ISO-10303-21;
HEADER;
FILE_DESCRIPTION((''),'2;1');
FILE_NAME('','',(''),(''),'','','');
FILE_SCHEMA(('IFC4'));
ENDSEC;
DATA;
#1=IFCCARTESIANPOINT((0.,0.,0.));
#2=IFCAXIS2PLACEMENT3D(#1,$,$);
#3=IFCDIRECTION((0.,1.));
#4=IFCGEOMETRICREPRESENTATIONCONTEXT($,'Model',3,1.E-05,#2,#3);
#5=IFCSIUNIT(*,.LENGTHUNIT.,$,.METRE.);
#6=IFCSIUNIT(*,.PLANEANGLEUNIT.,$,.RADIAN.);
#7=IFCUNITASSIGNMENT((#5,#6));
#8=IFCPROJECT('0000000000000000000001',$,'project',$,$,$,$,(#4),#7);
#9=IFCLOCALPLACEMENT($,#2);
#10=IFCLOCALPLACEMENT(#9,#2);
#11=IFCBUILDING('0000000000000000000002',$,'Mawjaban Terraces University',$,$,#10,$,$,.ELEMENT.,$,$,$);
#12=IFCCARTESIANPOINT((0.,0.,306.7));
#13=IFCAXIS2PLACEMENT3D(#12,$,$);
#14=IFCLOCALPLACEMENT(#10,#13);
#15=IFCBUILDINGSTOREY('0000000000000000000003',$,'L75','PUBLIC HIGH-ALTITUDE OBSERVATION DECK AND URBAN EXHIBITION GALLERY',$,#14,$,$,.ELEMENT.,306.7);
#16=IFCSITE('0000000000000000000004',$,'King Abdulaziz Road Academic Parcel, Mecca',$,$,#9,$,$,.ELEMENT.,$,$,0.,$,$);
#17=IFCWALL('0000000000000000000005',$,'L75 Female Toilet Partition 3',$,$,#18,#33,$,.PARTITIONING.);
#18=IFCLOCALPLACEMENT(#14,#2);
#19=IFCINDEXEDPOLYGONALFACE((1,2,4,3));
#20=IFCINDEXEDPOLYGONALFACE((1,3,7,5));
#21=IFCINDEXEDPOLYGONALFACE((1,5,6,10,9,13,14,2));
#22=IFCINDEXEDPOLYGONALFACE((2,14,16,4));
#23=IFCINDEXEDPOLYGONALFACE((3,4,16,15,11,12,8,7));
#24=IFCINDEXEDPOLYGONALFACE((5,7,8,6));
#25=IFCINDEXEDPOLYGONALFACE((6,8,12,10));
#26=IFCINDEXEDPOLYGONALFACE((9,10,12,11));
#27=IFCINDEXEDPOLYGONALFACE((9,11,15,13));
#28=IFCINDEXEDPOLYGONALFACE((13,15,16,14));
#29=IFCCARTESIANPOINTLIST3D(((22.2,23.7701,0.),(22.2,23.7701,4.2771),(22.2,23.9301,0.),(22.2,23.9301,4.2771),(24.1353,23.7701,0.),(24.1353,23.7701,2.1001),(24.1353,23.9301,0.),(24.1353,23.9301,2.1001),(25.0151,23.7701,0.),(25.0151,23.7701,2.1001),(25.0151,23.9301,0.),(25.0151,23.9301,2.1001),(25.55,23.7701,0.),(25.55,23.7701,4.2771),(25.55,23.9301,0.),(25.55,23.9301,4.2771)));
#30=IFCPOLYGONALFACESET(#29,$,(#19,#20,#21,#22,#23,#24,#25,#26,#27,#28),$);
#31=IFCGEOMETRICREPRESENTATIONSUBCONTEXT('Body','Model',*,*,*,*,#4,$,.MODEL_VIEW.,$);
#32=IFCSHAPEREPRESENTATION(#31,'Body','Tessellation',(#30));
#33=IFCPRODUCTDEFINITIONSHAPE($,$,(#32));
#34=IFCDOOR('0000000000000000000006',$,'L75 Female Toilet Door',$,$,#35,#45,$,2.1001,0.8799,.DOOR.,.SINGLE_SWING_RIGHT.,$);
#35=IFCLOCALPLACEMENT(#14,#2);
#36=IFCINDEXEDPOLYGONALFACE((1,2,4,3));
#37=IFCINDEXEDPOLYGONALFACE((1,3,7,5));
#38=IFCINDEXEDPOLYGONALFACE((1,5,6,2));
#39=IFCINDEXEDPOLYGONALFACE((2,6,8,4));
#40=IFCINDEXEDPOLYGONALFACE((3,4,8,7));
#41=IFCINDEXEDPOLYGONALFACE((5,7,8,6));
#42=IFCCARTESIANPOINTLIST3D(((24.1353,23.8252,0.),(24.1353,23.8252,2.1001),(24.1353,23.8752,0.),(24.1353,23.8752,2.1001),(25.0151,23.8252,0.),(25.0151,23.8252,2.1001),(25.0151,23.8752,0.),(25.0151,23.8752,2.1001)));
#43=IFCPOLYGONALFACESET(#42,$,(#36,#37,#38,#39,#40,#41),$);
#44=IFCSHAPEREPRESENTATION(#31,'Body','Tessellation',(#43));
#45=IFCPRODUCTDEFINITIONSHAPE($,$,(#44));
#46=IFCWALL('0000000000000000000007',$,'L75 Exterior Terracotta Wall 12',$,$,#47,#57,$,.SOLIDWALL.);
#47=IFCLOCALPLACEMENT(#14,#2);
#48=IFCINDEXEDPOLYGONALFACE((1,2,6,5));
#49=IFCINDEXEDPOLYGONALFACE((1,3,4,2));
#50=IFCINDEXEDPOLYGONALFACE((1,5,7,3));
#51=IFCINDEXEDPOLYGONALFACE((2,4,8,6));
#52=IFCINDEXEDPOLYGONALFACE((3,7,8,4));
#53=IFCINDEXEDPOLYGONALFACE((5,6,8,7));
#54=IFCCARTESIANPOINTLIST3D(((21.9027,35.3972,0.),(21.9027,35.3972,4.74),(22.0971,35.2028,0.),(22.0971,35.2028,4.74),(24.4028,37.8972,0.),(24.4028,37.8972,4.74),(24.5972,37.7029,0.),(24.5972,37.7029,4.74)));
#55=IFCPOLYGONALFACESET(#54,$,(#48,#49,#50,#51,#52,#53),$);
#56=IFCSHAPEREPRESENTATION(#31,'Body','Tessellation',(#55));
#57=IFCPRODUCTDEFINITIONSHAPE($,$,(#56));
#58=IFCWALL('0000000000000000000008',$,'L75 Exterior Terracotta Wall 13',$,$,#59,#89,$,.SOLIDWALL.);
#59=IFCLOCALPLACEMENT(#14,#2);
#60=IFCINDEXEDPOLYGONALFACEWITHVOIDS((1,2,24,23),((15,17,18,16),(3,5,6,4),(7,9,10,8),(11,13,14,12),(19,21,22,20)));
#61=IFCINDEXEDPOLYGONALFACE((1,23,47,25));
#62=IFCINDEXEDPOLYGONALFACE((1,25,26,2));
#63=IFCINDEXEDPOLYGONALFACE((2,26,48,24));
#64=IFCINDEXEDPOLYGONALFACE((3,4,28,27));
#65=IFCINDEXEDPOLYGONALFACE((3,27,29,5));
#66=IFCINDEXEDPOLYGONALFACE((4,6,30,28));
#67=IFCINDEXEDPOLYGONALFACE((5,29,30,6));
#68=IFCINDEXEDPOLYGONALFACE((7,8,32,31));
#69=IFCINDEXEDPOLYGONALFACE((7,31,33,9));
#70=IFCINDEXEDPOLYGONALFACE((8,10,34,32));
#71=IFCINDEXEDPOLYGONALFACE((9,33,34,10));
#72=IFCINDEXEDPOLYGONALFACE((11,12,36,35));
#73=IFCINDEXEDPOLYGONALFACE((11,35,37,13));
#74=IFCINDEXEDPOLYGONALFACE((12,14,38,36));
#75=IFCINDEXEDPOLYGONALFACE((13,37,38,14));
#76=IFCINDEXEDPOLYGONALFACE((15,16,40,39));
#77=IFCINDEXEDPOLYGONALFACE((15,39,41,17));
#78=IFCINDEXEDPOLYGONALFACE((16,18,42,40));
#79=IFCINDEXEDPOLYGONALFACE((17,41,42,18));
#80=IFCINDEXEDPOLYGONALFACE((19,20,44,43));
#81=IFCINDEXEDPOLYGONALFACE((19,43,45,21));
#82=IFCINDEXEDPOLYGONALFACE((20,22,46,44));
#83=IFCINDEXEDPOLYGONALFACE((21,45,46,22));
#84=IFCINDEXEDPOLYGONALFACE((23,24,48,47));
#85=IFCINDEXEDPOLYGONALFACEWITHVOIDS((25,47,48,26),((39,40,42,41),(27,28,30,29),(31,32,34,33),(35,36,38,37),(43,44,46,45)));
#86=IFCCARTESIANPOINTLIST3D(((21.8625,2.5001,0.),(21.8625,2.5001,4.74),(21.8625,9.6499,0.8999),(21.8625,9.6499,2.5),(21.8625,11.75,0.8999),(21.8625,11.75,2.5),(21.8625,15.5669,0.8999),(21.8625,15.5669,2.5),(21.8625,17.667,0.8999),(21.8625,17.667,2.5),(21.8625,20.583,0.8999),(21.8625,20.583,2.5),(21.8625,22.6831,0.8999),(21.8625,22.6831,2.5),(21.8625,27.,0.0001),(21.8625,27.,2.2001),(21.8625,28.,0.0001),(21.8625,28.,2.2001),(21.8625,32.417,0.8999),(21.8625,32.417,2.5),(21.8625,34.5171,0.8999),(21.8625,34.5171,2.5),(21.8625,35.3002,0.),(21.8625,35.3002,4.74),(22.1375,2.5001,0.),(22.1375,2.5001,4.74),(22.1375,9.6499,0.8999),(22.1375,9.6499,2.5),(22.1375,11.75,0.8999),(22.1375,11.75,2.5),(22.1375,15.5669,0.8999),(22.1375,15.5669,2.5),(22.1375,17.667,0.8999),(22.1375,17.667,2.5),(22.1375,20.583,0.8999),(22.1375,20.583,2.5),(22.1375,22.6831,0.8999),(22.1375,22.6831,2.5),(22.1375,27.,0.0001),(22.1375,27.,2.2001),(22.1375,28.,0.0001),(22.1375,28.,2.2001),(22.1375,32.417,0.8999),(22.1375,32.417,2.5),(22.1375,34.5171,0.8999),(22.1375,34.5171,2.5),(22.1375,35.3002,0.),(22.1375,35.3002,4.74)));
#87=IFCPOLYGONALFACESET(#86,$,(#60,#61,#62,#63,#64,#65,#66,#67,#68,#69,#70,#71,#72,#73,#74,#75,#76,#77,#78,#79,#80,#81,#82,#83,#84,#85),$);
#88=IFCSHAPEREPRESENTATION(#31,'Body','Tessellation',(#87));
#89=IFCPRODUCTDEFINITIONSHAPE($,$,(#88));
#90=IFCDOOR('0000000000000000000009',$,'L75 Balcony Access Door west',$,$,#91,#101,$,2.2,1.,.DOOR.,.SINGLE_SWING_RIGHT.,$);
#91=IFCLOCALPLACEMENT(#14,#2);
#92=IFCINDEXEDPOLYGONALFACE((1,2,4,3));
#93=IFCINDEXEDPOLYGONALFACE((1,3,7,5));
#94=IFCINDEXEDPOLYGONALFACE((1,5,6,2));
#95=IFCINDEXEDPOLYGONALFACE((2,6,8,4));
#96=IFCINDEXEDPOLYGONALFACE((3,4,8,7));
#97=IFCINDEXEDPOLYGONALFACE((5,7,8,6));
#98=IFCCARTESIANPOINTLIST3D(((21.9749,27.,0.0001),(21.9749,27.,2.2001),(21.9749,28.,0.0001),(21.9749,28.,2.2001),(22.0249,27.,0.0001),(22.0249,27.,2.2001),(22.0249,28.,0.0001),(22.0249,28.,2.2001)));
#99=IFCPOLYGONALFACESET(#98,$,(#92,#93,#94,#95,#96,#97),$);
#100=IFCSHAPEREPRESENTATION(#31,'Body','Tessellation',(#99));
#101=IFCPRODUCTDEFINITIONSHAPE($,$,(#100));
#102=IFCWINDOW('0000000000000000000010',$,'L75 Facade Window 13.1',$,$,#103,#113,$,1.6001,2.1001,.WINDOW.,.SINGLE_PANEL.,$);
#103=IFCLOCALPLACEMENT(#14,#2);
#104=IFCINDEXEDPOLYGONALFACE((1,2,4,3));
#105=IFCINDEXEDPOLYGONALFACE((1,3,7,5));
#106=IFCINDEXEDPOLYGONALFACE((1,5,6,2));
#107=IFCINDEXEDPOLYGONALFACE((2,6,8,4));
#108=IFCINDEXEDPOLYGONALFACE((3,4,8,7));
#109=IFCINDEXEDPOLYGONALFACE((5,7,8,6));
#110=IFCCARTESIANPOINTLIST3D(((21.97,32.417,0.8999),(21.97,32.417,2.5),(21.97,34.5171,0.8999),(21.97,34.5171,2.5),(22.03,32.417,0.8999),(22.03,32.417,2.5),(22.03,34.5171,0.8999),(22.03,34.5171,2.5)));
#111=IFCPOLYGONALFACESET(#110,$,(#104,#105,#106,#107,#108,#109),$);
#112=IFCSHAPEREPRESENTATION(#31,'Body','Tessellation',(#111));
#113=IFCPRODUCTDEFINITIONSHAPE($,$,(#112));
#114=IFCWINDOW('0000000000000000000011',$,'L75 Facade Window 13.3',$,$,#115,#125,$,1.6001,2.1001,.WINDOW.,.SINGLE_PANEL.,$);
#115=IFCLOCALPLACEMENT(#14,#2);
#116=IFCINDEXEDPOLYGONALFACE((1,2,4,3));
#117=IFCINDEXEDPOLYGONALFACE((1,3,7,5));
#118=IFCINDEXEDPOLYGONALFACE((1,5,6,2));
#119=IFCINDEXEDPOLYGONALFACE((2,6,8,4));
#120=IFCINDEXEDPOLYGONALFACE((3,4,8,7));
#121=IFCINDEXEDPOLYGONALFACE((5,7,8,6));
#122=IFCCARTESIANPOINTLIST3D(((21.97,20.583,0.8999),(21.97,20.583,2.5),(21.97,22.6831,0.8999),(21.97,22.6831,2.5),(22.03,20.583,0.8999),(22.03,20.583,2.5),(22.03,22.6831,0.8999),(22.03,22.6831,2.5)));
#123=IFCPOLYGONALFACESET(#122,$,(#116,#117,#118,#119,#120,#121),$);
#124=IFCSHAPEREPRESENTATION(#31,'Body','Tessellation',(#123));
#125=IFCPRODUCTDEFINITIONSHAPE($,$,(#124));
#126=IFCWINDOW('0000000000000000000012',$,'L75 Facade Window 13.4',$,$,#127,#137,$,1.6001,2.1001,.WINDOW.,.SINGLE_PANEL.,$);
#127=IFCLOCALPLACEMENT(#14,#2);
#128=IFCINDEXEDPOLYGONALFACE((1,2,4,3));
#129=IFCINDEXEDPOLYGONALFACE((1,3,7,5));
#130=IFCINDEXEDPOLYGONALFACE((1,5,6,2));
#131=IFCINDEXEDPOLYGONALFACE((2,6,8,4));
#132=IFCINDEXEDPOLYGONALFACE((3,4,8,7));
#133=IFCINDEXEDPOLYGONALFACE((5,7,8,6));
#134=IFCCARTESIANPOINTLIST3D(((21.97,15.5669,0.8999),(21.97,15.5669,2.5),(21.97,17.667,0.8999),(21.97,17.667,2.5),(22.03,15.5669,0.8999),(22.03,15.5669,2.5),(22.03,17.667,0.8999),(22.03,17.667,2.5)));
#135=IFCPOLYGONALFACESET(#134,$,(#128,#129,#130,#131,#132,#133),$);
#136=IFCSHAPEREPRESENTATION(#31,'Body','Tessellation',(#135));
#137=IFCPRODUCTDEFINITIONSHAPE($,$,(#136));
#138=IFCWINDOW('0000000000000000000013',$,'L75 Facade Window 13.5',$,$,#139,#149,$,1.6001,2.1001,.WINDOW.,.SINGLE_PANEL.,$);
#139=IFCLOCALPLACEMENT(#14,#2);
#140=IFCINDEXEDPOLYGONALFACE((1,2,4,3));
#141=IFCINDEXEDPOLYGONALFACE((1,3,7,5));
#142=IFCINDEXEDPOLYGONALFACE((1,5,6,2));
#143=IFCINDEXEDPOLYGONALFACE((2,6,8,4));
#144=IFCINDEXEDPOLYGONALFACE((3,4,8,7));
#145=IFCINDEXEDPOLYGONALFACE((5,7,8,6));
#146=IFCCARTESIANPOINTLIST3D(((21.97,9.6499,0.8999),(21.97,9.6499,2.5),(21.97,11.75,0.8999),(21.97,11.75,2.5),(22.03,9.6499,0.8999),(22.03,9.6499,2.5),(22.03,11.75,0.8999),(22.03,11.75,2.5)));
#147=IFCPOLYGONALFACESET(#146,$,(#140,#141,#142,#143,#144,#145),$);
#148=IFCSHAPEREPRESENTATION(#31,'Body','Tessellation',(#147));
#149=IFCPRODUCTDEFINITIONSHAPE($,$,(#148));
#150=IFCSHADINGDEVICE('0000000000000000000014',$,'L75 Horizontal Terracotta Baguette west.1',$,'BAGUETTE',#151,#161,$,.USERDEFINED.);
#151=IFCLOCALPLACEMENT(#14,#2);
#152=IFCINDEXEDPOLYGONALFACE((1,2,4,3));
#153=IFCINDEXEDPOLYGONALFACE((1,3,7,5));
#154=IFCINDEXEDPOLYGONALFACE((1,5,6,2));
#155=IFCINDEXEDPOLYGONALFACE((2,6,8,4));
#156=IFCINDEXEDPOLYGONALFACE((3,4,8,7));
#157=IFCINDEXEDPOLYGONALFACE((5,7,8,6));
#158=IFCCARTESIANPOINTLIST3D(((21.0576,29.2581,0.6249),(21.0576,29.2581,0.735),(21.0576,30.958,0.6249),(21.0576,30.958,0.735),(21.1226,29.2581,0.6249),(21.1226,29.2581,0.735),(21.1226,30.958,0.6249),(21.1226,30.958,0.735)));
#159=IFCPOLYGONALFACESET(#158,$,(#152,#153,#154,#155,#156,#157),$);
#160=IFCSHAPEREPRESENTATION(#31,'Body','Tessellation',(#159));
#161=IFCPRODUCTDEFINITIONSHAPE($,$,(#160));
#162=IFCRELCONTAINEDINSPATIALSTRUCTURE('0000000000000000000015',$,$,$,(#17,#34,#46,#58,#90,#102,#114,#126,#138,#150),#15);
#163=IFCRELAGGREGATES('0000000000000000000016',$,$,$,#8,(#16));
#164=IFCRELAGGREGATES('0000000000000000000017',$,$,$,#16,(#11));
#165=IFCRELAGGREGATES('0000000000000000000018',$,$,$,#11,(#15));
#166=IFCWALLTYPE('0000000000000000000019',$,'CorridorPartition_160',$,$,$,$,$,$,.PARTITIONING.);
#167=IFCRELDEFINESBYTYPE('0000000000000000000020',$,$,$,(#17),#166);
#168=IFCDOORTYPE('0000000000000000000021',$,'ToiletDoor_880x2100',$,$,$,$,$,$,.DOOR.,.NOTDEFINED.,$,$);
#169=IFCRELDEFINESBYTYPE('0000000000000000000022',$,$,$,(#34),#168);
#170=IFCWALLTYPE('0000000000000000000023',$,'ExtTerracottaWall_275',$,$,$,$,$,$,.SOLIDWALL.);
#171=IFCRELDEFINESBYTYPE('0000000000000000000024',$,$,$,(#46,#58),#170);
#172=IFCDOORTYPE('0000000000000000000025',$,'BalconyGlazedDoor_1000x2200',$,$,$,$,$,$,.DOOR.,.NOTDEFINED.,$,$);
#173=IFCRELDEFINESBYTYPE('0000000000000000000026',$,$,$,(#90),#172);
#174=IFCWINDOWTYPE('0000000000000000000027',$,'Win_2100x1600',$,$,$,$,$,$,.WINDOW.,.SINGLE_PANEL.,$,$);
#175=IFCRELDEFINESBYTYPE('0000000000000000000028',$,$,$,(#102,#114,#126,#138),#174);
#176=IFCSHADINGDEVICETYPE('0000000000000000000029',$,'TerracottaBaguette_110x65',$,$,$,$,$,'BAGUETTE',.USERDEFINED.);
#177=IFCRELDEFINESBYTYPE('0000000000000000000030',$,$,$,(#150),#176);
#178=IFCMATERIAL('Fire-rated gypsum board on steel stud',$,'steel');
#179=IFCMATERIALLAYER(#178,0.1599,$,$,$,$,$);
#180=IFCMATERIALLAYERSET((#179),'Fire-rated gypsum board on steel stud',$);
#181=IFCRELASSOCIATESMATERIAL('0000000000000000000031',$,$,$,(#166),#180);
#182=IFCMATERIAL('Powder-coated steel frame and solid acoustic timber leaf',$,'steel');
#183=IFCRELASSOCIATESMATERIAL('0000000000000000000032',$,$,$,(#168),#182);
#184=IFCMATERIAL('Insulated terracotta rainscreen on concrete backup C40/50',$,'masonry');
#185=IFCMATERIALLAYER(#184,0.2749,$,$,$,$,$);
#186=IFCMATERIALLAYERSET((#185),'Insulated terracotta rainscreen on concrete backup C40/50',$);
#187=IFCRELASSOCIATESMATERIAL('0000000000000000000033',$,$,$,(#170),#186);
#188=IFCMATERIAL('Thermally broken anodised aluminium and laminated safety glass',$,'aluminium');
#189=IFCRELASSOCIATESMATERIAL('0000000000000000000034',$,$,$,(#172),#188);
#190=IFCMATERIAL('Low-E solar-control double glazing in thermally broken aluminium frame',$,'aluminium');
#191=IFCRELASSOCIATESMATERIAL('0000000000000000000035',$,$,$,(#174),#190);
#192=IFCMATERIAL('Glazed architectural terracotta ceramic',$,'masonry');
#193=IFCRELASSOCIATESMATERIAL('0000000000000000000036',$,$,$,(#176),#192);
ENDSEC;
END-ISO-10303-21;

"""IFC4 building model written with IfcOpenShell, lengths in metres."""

from ifc_helpers import new_model, si_unit, direction, frame, frame_2d, origin, origin_2d, place, context, subcontext, project, spatial, rectangle, extrude, material, layer, layer_set, material_profile, profile_set, type_object, element, fill, save


model = new_model("IFC4")

# Units and contexts
model_context = context("Model", 3, precision=1e-05, world=origin(), true_north=direction((0.0, 1.0)))
body_context = subcontext(model_context, "Body", "Model", "MODEL_VIEW")
ifc_project = project(units=[si_unit("LENGTHUNIT", "METRE"), si_unit("PLANEANGLEUNIT", "RADIAN")], contexts=[model_context])

# Site, building, storey
site_placement = place(None, origin())
site = spatial("IfcSite", under=ifc_project, at=site_placement, Name="King Abdulaziz Road Academic Parcel, Mecca", CompositionType="ELEMENT", RefElevation=0.0)
building_placement = place(site_placement, origin())
building = spatial("IfcBuilding", under=site, at=building_placement, Name="Mawjaban Terraces University", CompositionType="ELEMENT")
storey_placement = place(building_placement, frame((0.0, 0.0, 306.7)))
storey = spatial("IfcBuildingStorey", under=building, at=storey_placement, Name="L75", Description="PUBLIC HIGH-ALTITUDE OBSERVATION DECK AND URBAN EXHIBITION GALLERY", CompositionType="ELEMENT", Elevation=306.7)

# Wall, opening, door
ifc_material_1 = material(Name="Fire-rated gypsum board on steel stud", Category="steel")
ifc_layer_1 = layer(ifc_material_1, 0.1599)
ifc_layer_set_1 = layer_set([ifc_layer_1], Name="Fire-rated gypsum board on steel stud")
wall_type_1 = type_object("IfcWallType", Name="CorridorPartition_160", PredefinedType="PARTITIONING", material=ifc_layer_set_1)
wall_1_placement = place(storey_placement, frame((25.55, 23.8501, 0.0), z_axis=(0.0, 0.0, 1.0), x_axis=(-1.0, 0.0, 0.0)))
wall_1 = element("IfcWall", 1, at=wall_1_placement, inside=storey, type_object=wall_type_1, Name="L75 Female Toilet Partition 3", PredefinedType="PARTITIONING", context=body_context, shape_type="SweptSolid", body=[
    extrude(rectangle(XDim=3.3501, YDim=0.1599, at=frame_2d((1.675, 0.0))), origin(), (0.0, 0.0, 1.0), 4.2771),
])
opening_1_placement = place(wall_1_placement, frame((0.5349, 0.0, 0.0)))
opening_1 = element("IfcOpeningElement", 2, at=opening_1_placement, cuts=wall_1, PredefinedType="OPENING", context=body_context, shape_type="SweptSolid", body=[
    extrude(rectangle(XDim=0.8799, YDim=2.1001, at=frame_2d((0.4399, 1.05))), frame((0.0, 0.0898, 0.0), z_axis=(0.0, -1.0, 0.0), x_axis=(1.0, 0.0, 0.0)), (0.0, 0.0, 1.0), 0.1799),
])
ifc_material_2 = material(Name="Powder-coated steel frame and solid acoustic timber leaf", Category="steel")
door_type_1 = type_object("IfcDoorType", Name="ToiletDoor_880x2100", OperationType="NOTDEFINED", PredefinedType="DOOR", material=ifc_material_2)
door_1_placement = place(opening_1_placement, origin())
door_1 = element("IfcDoor", 3, at=door_1_placement, inside=storey, type_object=door_type_1, Name="L75 Female Toilet Door", OperationType="SINGLE_SWING_RIGHT", OverallHeight=2.1001, OverallWidth=0.8799, PredefinedType="DOOR", context=body_context, shape_type="SweptSolid", body=[
    extrude(rectangle(XDim=0.8799, YDim=2.1001, at=frame_2d((0.4399, 1.05))), frame((0.0, 0.0249, 0.0), z_axis=(0.0, -1.0, 0.0), x_axis=(1.0, 0.0, 0.0)), (0.0, 0.0, 1.0), 0.05),
])
fill(opening_1, door_1)

# Wall
ifc_material_3 = material(Name="Insulated terracotta rainscreen on concrete backup C40/50", Category="masonry")
ifc_layer_2 = layer(ifc_material_3, 0.2749)
ifc_layer_set_2 = layer_set([ifc_layer_2], Name="Insulated terracotta rainscreen on concrete backup C40/50")
wall_type_2 = type_object("IfcWallType", Name="ExtTerracottaWall_275", PredefinedType="SOLIDWALL", material=ifc_layer_set_2)
wall_2_placement = place(storey_placement, frame((24.5, 37.8, 0.0), z_axis=(0.0, 0.0, 1.0), x_axis=(-0.707107, -0.707107, 0.0)))
element("IfcWall", 4, at=wall_2_placement, inside=storey, type_object=wall_type_2, Name="L75 Exterior Terracotta Wall 12", PredefinedType="SOLIDWALL", context=body_context, shape_type="SweptSolid", body=[
    extrude(rectangle(XDim=3.5356, YDim=0.2749, at=frame_2d((1.7678, 0.0))), origin(), (0.0, 0.0, 1.0), 4.74),
])

# Wall, openings, door, windows
wall_3_placement = place(storey_placement, frame((22.0, 35.3, 0.0), z_axis=(0.0, 0.0, 1.0), x_axis=(0.0, -1.0, 0.0)))
wall_3 = element("IfcWall", 5, at=wall_3_placement, inside=storey, type_object=wall_type_2, Name="L75 Exterior Terracotta Wall 13", PredefinedType="SOLIDWALL", context=body_context, shape_type="SweptSolid", body=[
    extrude(rectangle(XDim=32.8, YDim=0.2749, at=frame_2d((16.3999, 0.0))), origin(), (0.0, 0.0, 1.0), 4.74),
])
opening_2_placement = place(wall_3_placement, frame((7.3, 0.0, 0.0)))
opening_2 = element("IfcOpeningElement", 6, at=opening_2_placement, cuts=wall_3, PredefinedType="OPENING", context=body_context, shape_type="SweptSolid", body=[
    extrude(rectangle(XDim=1.0, YDim=2.2, at=frame_2d((0.5, 1.1001))), frame((0.0, 0.1475, 0.0), z_axis=(0.0, -1.0, 0.0), x_axis=(1.0, 0.0, 0.0)), (0.0, 0.0, 1.0), 0.2949),
])
opening_3_placement = place(wall_3_placement, frame((0.783, 0.0, 0.8999)))
opening_3 = element("IfcOpeningElement", 7, at=opening_3_placement, cuts=wall_3, PredefinedType="OPENING", context=body_context, shape_type="SweptSolid", body=[
    extrude(rectangle(XDim=2.1001, YDim=1.6001, at=frame_2d((1.05, 0.8))), frame((0.0, 0.1475, 0.0), z_axis=(0.0, -1.0, 0.0), x_axis=(1.0, 0.0, 0.0)), (0.0, 0.0, 1.0), 0.2949),
])
opening_4_placement = place(wall_3_placement, frame((12.6169, 0.0, 0.8999)))
opening_4 = element("IfcOpeningElement", 8, at=opening_4_placement, cuts=wall_3, PredefinedType="OPENING", context=body_context, shape_type="SweptSolid", body=[
    extrude(rectangle(XDim=2.1001, YDim=1.6001, at=frame_2d((1.05, 0.8))), frame((0.0, 0.1475, 0.0), z_axis=(0.0, -1.0, 0.0), x_axis=(1.0, 0.0, 0.0)), (0.0, 0.0, 1.0), 0.2949),
])
opening_5_placement = place(wall_3_placement, frame((17.6331, 0.0, 0.8999)))
opening_5 = element("IfcOpeningElement", 9, at=opening_5_placement, cuts=wall_3, PredefinedType="OPENING", context=body_context, shape_type="SweptSolid", body=[
    extrude(rectangle(XDim=2.1001, YDim=1.6001, at=frame_2d((1.05, 0.8))), frame((0.0, 0.1475, 0.0), z_axis=(0.0, -1.0, 0.0), x_axis=(1.0, 0.0, 0.0)), (0.0, 0.0, 1.0), 0.2949),
])
opening_6_placement = place(wall_3_placement, frame((23.55, 0.0, 0.8999)))
opening_6 = element("IfcOpeningElement", 10, at=opening_6_placement, cuts=wall_3, PredefinedType="OPENING", context=body_context, shape_type="SweptSolid", body=[
    extrude(rectangle(XDim=2.1001, YDim=1.6001, at=frame_2d((1.05, 0.8))), frame((0.0, 0.1475, 0.0), z_axis=(0.0, -1.0, 0.0), x_axis=(1.0, 0.0, 0.0)), (0.0, 0.0, 1.0), 0.2949),
])
ifc_material_4 = material(Name="Thermally broken anodised aluminium and laminated safety glass", Category="aluminium")
door_type_2 = type_object("IfcDoorType", Name="BalconyGlazedDoor_1000x2200", OperationType="NOTDEFINED", PredefinedType="DOOR", material=ifc_material_4)
door_2_placement = place(opening_2_placement, origin())
door_2 = element("IfcDoor", 11, at=door_2_placement, inside=storey, type_object=door_type_2, Name="L75 Balcony Access Door west", OperationType="SINGLE_SWING_RIGHT", OverallHeight=2.2, OverallWidth=1.0, PredefinedType="DOOR", context=body_context, shape_type="SweptSolid", body=[
    extrude(rectangle(XDim=1.0, YDim=2.2, at=frame_2d((0.5, 1.1001))), frame((0.0, 0.0249, 0.0), z_axis=(0.0, -1.0, 0.0), x_axis=(1.0, 0.0, 0.0)), (0.0, 0.0, 1.0), 0.05),
])
fill(opening_2, door_2)
ifc_material_5 = material(Name="Low-E solar-control double glazing in thermally broken aluminium frame", Category="aluminium")
window_type = type_object("IfcWindowType", Name="Win_2100x1600", PartitioningType="SINGLE_PANEL", PredefinedType="WINDOW", material=ifc_material_5)
window_1_placement = place(opening_3_placement, origin())
window_1 = element("IfcWindow", 12, at=window_1_placement, inside=storey, type_object=window_type, Name="L75 Facade Window 13.1", OverallHeight=1.6001, OverallWidth=2.1001, PartitioningType="SINGLE_PANEL", PredefinedType="WINDOW", context=body_context, shape_type="SweptSolid", body=[
    extrude(rectangle(XDim=2.1001, YDim=1.6001, at=frame_2d((1.05, 0.8))), frame((0.0, 0.03, 0.0), z_axis=(0.0, -1.0, 0.0), x_axis=(1.0, 0.0, 0.0)), (0.0, 0.0, 1.0), 0.0601),
])
fill(opening_3, window_1)
window_2_placement = place(opening_4_placement, origin())
window_2 = element("IfcWindow", 13, at=window_2_placement, inside=storey, type_object=window_type, Name="L75 Facade Window 13.3", OverallHeight=1.6001, OverallWidth=2.1001, PartitioningType="SINGLE_PANEL", PredefinedType="WINDOW", context=body_context, shape_type="SweptSolid", body=[
    extrude(rectangle(XDim=2.1001, YDim=1.6001, at=frame_2d((1.05, 0.8))), frame((0.0, 0.03, 0.0), z_axis=(0.0, -1.0, 0.0), x_axis=(1.0, 0.0, 0.0)), (0.0, 0.0, 1.0), 0.0601),
])
fill(opening_4, window_2)
window_3_placement = place(opening_5_placement, origin())
window_3 = element("IfcWindow", 14, at=window_3_placement, inside=storey, type_object=window_type, Name="L75 Facade Window 13.4", OverallHeight=1.6001, OverallWidth=2.1001, PartitioningType="SINGLE_PANEL", PredefinedType="WINDOW", context=body_context, shape_type="SweptSolid", body=[
    extrude(rectangle(XDim=2.1001, YDim=1.6001, at=frame_2d((1.05, 0.8))), frame((0.0, 0.03, 0.0), z_axis=(0.0, -1.0, 0.0), x_axis=(1.0, 0.0, 0.0)), (0.0, 0.0, 1.0), 0.0601),
])
fill(opening_5, window_3)
window_4_placement = place(opening_6_placement, origin())
window_4 = element("IfcWindow", 15, at=window_4_placement, inside=storey, type_object=window_type, Name="L75 Facade Window 13.5", OverallHeight=1.6001, OverallWidth=2.1001, PartitioningType="SINGLE_PANEL", PredefinedType="WINDOW", context=body_context, shape_type="SweptSolid", body=[
    extrude(rectangle(XDim=2.1001, YDim=1.6001, at=frame_2d((1.05, 0.8))), frame((0.0, 0.03, 0.0), z_axis=(0.0, -1.0, 0.0), x_axis=(1.0, 0.0, 0.0)), (0.0, 0.0, 1.0), 0.0601),
])
fill(opening_6, window_4)

# Shading device
ifc_material_6 = material(Name="Glazed architectural terracotta ceramic", Category="masonry")
ifc_material_profile_1 = material_profile(ifc_material_6, rectangle(XDim=0.0649, YDim=0.1101, at=origin_2d()), Name="TBAG110X65")
ifc_profile_set_1 = profile_set([ifc_material_profile_1], Name="Glazed architectural terracotta ceramic")
shading_device_type_1 = type_object("IfcShadingDeviceType", Name="TerracottaBaguette_110x65", ElementType="BAGUETTE", PredefinedType="USERDEFINED", material=ifc_profile_set_1)
for number, where, z_axis, x_axis, name in (
    (16, (21.0901, 29.2581, 0.6799), (0.0, 1.0, 0.0), (-1.0, 0.0, 0.0), "L75 Horizontal Terracotta Baguette west.1"),
):
    element("IfcShadingDevice", number, at=place(storey_placement, frame(where, z_axis=z_axis, x_axis=x_axis)), inside=storey, type_object=shading_device_type_1, Name=name, ObjectType="BAGUETTE", PredefinedType="USERDEFINED", context=body_context, shape_type="SweptSolid", body=[
        extrude(rectangle(XDim=0.0649, YDim=0.1101, at=origin_2d()), origin(), (0.0, 0.0, 1.0), 1.7),
    ])

save(model, "model.ifc")
